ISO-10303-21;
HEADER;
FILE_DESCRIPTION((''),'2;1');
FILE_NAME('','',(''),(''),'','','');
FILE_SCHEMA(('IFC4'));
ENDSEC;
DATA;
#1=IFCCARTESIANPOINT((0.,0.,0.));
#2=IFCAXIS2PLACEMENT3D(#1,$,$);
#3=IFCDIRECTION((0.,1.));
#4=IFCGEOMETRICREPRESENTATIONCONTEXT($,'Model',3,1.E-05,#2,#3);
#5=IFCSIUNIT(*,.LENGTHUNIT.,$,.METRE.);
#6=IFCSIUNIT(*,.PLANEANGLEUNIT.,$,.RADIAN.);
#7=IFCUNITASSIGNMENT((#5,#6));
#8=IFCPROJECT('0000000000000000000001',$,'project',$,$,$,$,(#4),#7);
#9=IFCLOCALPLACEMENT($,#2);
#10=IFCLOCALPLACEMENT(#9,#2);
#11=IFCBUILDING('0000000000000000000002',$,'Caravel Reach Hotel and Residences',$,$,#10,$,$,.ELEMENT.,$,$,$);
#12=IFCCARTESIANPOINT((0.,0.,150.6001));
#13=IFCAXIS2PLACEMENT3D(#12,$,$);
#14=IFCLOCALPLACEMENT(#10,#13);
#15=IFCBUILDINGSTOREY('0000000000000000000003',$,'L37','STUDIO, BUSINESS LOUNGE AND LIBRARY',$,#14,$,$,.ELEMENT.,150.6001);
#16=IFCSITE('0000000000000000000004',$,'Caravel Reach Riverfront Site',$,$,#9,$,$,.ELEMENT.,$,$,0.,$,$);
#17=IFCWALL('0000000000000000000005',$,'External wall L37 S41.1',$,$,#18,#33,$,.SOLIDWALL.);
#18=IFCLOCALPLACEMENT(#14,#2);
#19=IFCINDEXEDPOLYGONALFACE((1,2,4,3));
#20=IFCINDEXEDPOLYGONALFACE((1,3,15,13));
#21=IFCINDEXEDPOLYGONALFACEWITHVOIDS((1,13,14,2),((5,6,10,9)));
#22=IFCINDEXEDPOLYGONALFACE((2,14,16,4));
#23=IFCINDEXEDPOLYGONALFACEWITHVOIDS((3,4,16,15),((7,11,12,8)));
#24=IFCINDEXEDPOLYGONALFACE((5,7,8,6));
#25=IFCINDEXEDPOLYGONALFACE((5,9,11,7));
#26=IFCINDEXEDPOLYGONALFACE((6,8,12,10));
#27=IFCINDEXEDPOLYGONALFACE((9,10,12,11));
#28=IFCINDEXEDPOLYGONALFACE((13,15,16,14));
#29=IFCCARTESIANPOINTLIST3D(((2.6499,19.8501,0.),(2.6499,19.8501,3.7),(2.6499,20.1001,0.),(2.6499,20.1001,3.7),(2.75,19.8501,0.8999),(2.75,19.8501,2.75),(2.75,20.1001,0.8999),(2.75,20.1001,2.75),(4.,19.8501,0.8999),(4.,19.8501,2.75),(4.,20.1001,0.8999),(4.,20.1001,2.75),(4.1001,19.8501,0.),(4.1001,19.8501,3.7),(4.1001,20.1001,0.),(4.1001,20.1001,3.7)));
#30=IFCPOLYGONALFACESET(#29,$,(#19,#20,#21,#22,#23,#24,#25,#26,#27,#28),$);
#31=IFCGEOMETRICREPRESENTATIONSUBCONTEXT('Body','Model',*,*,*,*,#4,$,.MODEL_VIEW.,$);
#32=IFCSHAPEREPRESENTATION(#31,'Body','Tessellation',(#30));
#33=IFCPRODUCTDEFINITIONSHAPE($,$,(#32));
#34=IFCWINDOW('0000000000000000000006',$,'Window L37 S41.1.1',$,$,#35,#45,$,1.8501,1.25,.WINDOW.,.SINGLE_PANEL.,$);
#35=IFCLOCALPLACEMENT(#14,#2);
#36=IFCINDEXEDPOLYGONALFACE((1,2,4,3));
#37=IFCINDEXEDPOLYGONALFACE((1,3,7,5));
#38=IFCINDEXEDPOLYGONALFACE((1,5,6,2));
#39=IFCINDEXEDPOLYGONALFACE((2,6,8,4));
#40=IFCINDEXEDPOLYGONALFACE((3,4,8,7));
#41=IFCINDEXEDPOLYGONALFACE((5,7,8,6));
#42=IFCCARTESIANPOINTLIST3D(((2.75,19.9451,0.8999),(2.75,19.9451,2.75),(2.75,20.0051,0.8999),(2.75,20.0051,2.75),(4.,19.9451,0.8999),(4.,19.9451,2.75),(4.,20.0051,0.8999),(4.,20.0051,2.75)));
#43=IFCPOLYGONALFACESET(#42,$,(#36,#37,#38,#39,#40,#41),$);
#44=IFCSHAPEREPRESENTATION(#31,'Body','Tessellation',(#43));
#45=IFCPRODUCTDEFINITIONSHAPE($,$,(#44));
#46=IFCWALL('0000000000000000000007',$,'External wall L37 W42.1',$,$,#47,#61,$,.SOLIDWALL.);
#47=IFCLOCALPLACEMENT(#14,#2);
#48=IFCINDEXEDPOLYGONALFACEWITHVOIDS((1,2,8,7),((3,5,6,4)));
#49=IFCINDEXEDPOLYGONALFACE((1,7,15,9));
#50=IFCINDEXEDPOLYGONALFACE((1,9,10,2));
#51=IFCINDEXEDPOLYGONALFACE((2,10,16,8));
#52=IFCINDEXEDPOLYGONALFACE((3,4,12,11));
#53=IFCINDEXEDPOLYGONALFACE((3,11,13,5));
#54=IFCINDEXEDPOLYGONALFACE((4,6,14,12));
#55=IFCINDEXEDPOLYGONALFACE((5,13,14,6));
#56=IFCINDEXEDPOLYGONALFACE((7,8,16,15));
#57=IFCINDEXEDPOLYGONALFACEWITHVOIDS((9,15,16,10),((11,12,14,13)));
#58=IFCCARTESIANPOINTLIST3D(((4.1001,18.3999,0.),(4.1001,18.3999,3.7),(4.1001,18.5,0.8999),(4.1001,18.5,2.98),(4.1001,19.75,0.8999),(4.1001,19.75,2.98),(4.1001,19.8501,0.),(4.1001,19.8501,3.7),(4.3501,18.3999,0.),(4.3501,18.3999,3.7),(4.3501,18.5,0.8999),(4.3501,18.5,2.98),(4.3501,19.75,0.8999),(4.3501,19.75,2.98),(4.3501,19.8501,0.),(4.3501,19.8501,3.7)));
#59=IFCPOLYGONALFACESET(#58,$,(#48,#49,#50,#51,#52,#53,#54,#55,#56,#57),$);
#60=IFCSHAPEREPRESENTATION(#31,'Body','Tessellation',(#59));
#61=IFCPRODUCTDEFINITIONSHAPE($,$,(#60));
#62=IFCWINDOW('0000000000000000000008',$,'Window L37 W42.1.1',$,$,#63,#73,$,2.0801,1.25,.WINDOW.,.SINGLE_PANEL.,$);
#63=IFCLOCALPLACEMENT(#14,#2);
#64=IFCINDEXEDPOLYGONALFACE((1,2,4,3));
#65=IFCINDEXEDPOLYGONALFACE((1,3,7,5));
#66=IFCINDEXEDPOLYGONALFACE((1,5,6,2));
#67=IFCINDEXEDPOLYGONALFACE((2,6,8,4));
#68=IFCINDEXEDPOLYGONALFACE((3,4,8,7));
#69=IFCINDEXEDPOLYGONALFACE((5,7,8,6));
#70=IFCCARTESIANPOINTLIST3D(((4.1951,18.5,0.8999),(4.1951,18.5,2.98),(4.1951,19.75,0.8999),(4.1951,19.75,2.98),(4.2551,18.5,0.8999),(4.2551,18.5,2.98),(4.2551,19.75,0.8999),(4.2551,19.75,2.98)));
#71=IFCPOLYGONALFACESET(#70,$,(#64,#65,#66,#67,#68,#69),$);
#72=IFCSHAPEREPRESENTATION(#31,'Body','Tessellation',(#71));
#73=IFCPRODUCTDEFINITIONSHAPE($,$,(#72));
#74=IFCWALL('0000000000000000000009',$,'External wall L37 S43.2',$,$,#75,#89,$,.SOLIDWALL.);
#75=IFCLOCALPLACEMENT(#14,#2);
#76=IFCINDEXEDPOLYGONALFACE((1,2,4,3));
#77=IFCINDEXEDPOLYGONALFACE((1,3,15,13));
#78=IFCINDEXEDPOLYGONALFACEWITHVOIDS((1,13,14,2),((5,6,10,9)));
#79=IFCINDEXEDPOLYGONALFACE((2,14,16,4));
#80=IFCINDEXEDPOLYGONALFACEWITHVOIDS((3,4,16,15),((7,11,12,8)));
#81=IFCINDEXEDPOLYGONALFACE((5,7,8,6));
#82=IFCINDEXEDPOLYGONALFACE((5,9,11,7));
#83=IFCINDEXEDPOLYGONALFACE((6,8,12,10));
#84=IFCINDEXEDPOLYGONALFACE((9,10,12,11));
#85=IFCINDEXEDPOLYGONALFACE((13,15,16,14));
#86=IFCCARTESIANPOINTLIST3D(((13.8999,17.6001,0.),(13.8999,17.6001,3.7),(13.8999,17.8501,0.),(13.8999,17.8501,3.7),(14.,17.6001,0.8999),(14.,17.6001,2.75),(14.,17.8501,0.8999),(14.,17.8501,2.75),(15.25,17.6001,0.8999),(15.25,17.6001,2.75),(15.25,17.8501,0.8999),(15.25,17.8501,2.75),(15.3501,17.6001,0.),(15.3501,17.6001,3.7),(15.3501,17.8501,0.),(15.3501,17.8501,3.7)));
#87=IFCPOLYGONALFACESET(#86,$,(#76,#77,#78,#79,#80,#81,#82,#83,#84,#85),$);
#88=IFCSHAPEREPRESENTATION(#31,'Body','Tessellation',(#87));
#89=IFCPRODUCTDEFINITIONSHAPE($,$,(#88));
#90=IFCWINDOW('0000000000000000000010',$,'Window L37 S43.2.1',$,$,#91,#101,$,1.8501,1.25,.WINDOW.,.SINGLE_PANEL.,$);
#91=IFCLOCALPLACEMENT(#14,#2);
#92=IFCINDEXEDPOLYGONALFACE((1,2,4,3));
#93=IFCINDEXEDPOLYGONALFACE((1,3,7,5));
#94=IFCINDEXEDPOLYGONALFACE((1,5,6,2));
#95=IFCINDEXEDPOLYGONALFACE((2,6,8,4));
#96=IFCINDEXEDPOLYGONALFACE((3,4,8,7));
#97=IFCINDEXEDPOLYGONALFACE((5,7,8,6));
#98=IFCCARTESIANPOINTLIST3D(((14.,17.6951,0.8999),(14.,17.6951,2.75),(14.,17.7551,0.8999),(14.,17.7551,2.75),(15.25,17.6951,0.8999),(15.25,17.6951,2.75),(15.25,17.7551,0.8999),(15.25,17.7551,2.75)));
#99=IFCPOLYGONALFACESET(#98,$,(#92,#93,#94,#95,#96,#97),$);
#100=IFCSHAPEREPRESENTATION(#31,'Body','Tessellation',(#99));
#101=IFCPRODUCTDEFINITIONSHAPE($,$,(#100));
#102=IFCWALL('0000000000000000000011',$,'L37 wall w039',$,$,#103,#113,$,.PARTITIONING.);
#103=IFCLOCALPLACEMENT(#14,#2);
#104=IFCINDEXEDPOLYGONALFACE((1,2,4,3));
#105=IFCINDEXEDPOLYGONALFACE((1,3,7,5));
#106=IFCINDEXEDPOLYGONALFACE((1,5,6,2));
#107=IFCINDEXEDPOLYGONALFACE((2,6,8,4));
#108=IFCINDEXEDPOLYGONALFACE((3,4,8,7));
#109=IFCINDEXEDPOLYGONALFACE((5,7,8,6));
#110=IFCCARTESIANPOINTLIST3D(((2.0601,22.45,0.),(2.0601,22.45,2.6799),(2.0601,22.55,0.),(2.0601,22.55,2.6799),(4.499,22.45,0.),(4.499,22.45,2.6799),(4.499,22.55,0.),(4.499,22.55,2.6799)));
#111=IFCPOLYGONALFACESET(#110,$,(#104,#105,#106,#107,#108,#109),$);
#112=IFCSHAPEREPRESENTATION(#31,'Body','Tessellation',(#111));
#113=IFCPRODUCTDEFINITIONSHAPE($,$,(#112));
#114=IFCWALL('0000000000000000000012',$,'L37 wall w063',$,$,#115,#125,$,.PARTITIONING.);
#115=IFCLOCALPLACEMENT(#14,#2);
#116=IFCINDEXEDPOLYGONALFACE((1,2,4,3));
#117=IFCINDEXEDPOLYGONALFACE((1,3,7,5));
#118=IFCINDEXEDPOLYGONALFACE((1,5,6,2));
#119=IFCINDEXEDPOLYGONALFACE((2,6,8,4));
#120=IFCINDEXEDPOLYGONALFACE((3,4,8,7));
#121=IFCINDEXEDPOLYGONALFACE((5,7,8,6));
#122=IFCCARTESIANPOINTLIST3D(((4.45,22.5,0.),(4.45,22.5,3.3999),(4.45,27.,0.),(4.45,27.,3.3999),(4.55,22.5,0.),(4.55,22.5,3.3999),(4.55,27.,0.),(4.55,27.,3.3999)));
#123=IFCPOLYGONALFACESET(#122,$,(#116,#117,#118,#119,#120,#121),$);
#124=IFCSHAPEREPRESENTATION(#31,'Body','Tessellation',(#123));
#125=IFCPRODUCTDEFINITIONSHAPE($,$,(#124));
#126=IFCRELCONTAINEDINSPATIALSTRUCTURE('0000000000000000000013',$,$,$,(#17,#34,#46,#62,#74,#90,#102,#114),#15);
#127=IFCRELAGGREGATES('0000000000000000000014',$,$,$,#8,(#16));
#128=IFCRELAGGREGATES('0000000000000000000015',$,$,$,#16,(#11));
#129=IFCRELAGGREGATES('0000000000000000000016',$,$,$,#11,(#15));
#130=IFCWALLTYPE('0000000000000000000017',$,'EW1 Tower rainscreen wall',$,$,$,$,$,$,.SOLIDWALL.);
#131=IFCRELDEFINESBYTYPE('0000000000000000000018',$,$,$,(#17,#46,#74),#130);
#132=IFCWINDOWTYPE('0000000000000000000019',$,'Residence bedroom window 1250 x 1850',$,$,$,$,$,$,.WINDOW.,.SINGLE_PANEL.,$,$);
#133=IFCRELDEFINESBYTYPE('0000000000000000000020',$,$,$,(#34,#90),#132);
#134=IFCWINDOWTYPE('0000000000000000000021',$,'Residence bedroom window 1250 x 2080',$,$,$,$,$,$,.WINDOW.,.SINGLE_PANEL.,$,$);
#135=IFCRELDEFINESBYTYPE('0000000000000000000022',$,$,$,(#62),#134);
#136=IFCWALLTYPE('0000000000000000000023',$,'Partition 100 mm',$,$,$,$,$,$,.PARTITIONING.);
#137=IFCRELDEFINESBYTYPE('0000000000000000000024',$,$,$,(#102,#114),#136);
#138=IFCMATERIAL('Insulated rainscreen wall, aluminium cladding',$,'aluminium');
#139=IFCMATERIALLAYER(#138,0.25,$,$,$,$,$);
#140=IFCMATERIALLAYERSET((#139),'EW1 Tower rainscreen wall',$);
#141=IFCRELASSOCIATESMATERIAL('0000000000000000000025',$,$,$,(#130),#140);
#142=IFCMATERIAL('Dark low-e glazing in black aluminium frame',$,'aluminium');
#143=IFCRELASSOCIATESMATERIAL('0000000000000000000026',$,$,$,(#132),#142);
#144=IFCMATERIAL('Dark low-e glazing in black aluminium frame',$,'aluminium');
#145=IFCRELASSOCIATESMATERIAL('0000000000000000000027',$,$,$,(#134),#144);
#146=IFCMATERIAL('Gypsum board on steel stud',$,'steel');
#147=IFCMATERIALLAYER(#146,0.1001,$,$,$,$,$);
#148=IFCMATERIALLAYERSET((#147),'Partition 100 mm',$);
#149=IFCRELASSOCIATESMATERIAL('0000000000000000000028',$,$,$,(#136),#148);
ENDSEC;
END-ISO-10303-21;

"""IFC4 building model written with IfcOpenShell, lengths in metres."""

from ifc_helpers import new_model, si_unit, direction, frame, frame_2d, origin, place, context, subcontext, project, spatial, rectangle, extrude, material, layer, layer_set, type_object, element, fill, save


model = new_model("IFC4")

# Units and contexts
model_context = context("Model", 3, precision=1e-05, world=origin(), true_north=direction((0.0, 1.0)))
body_context = subcontext(model_context, "Body", "Model", "MODEL_VIEW")
ifc_project = project(units=[si_unit("LENGTHUNIT", "METRE"), si_unit("PLANEANGLEUNIT", "RADIAN")], contexts=[model_context])

# Site, building, storey
site_placement = place(None, origin())
site = spatial("IfcSite", under=ifc_project, at=site_placement, Name="Caravel Reach Riverfront Site", CompositionType="ELEMENT", RefElevation=0.0)
building_placement = place(site_placement, origin())
building = spatial("IfcBuilding", under=site, at=building_placement, Name="Caravel Reach Hotel and Residences", CompositionType="ELEMENT")
storey_placement = place(building_placement, frame((0.0, 0.0, 150.6001)))
storey = spatial("IfcBuildingStorey", under=building, at=storey_placement, Name="L37", Description="STUDIO, BUSINESS LOUNGE AND LIBRARY", CompositionType="ELEMENT", Elevation=150.6001)

# Walls, openings, windows
ifc_material_1 = material(Name="Insulated rainscreen wall, aluminium cladding", Category="aluminium")
ifc_layer_1 = layer(ifc_material_1, 0.25)
ifc_layer_set_1 = layer_set([ifc_layer_1], Name="EW1 Tower rainscreen wall")
wall_type_1 = type_object("IfcWallType", Name="EW1 Tower rainscreen wall", PredefinedType="SOLIDWALL", material=ifc_layer_set_1)
ifc_material_2 = material(Name="Dark low-e glazing in black aluminium frame", Category="aluminium")
window_type_1 = type_object("IfcWindowType", Name="Residence bedroom window 1250 x 1850", PartitioningType="SINGLE_PANEL", PredefinedType="WINDOW", material=ifc_material_2)
wall_1_placement = place(storey_placement, frame((2.6499, 19.9751, 0.0), z_axis=(0.0, 0.0, 1.0), x_axis=(1.0, 0.0, 0.0)))
wall_1 = element("IfcWall", 1, at=wall_1_placement, inside=storey, type_object=wall_type_1, Name="External wall L37 S41.1", PredefinedType="SOLIDWALL", context=body_context, shape_type="SweptSolid", body=[
    extrude(rectangle(XDim=1.4502, YDim=0.25, at=frame_2d((0.7251, 0.0))), origin(), (0.0, 0.0, 1.0), 3.7),
])
opening_1_placement = place(wall_1_placement, frame((0.1001, 0.0, 0.8999)))
opening_1 = element("IfcOpeningElement", 2, at=opening_1_placement, cuts=wall_1, PredefinedType="OPENING", context=body_context, shape_type="SweptSolid", body=[
    extrude(rectangle(XDim=1.25, YDim=1.8501, at=frame_2d((0.625, 0.925))), frame((0.0, 0.135, 0.0), z_axis=(0.0, -1.0, 0.0), x_axis=(1.0, 0.0, 0.0)), (0.0, 0.0, 1.0), 0.27),
])
window_1_placement = place(opening_1_placement, origin())
window_1 = element("IfcWindow", 3, at=window_1_placement, inside=storey, type_object=window_type_1, Name="Window L37 S41.1.1", OverallHeight=1.8501, OverallWidth=1.25, PartitioningType="SINGLE_PANEL", PredefinedType="WINDOW", context=body_context, shape_type="SweptSolid", body=[
    extrude(rectangle(XDim=1.25, YDim=1.8501, at=frame_2d((0.625, 0.925))), frame((0.0, 0.03, 0.0), z_axis=(0.0, -1.0, 0.0), x_axis=(1.0, 0.0, 0.0)), (0.0, 0.0, 1.0), 0.0601),
])
fill(opening_1, window_1)
wall_2_placement = place(storey_placement, frame((4.2251, 19.8501, 0.0), z_axis=(0.0, 0.0, 1.0), x_axis=(0.0, -1.0, 0.0)))
wall_2 = element("IfcWall", 4, at=wall_2_placement, inside=storey, type_object=wall_type_1, Name="External wall L37 W42.1", PredefinedType="SOLIDWALL", context=body_context, shape_type="SweptSolid", body=[
    extrude(rectangle(XDim=1.4502, YDim=0.25, at=frame_2d((0.7251, 0.0))), origin(), (0.0, 0.0, 1.0), 3.7),
])
opening_2_placement = place(wall_2_placement, frame((0.1001, 0.0, 0.8999)))
opening_2 = element("IfcOpeningElement", 5, at=opening_2_placement, cuts=wall_2, PredefinedType="OPENING", context=body_context, shape_type="SweptSolid", body=[
    extrude(rectangle(XDim=1.25, YDim=2.0801, at=frame_2d((0.625, 1.04))), frame((0.0, 0.135, 0.0), z_axis=(0.0, -1.0, 0.0), x_axis=(1.0, 0.0, 0.0)), (0.0, 0.0, 1.0), 0.27),
])
ifc_material_3 = material(Name="Dark low-e glazing in black aluminium frame", Category="aluminium")
window_type_2 = type_object("IfcWindowType", Name="Residence bedroom window 1250 x 2080", PartitioningType="SINGLE_PANEL", PredefinedType="WINDOW", material=ifc_material_3)
window_2_placement = place(opening_2_placement, origin())
window_2 = element("IfcWindow", 6, at=window_2_placement, inside=storey, type_object=window_type_2, Name="Window L37 W42.1.1", OverallHeight=2.0801, OverallWidth=1.25, PartitioningType="SINGLE_PANEL", PredefinedType="WINDOW", context=body_context, shape_type="SweptSolid", body=[
    extrude(rectangle(XDim=1.25, YDim=2.0801, at=frame_2d((0.625, 1.04))), frame((0.0, 0.03, 0.0), z_axis=(0.0, -1.0, 0.0), x_axis=(1.0, 0.0, 0.0)), (0.0, 0.0, 1.0), 0.0601),
])
fill(opening_2, window_2)
wall_3_placement = place(storey_placement, frame((13.8999, 17.7251, 0.0), z_axis=(0.0, 0.0, 1.0), x_axis=(1.0, 0.0, 0.0)))
wall_3 = element("IfcWall", 7, at=wall_3_placement, inside=storey, type_object=wall_type_1, Name="External wall L37 S43.2", PredefinedType="SOLIDWALL", context=body_context, shape_type="SweptSolid", body=[
    extrude(rectangle(XDim=1.4502, YDim=0.25, at=frame_2d((0.7251, 0.0))), origin(), (0.0, 0.0, 1.0), 3.7),
])
opening_3_placement = place(wall_3_placement, frame((0.1001, 0.0, 0.8999)))
opening_3 = element("IfcOpeningElement", 8, at=opening_3_placement, cuts=wall_3, PredefinedType="OPENING", context=body_context, shape_type="SweptSolid", body=[
    extrude(rectangle(XDim=1.25, YDim=1.8501, at=frame_2d((0.625, 0.925))), frame((0.0, 0.135, 0.0), z_axis=(0.0, -1.0, 0.0), x_axis=(1.0, 0.0, 0.0)), (0.0, 0.0, 1.0), 0.27),
])
window_3_placement = place(opening_3_placement, origin())
window_3 = element("IfcWindow", 9, at=window_3_placement, inside=storey, type_object=window_type_1, Name="Window L37 S43.2.1", OverallHeight=1.8501, OverallWidth=1.25, PartitioningType="SINGLE_PANEL", PredefinedType="WINDOW", context=body_context, shape_type="SweptSolid", body=[
    extrude(rectangle(XDim=1.25, YDim=1.8501, at=frame_2d((0.625, 0.925))), frame((0.0, 0.03, 0.0), z_axis=(0.0, -1.0, 0.0), x_axis=(1.0, 0.0, 0.0)), (0.0, 0.0, 1.0), 0.0601),
])
fill(opening_3, window_3)

# Walls
ifc_material_4 = material(Name="Gypsum board on steel stud", Category="steel")
ifc_layer_2 = layer(ifc_material_4, 0.1001)
ifc_layer_set_2 = layer_set([ifc_layer_2], Name="Partition 100 mm")
wall_type_2 = type_object("IfcWallType", Name="Partition 100 mm", PredefinedType="PARTITIONING", material=ifc_layer_set_2)
wall_4_placement = place(storey_placement, frame((2.0601, 22.5, 0.0), z_axis=(0.0, 0.0, 1.0), x_axis=(1.0, 0.0, 0.0)))
element("IfcWall", 10, at=wall_4_placement, inside=storey, type_object=wall_type_2, Name="L37 wall w039", PredefinedType="PARTITIONING", context=body_context, shape_type="SweptSolid", body=[
    extrude(rectangle(XDim=2.439, YDim=0.1001, at=frame_2d((1.2195, 0.0))), origin(), (0.0, 0.0, 1.0), 2.6799),
])
wall_5_placement = place(storey_placement, frame((4.5, 22.5, 0.0), z_axis=(0.0, 0.0, 1.0), x_axis=(0.0, 1.0, 0.0)))
element("IfcWall", 11, at=wall_5_placement, inside=storey, type_object=wall_type_2, Name="L37 wall w063", PredefinedType="PARTITIONING", context=body_context, shape_type="SweptSolid", body=[
    extrude(rectangle(XDim=4.5, YDim=0.1001, at=frame_2d((2.25, 0.0))), origin(), (0.0, 0.0, 1.0), 3.3999),
])

save(model, "model.ifc")
